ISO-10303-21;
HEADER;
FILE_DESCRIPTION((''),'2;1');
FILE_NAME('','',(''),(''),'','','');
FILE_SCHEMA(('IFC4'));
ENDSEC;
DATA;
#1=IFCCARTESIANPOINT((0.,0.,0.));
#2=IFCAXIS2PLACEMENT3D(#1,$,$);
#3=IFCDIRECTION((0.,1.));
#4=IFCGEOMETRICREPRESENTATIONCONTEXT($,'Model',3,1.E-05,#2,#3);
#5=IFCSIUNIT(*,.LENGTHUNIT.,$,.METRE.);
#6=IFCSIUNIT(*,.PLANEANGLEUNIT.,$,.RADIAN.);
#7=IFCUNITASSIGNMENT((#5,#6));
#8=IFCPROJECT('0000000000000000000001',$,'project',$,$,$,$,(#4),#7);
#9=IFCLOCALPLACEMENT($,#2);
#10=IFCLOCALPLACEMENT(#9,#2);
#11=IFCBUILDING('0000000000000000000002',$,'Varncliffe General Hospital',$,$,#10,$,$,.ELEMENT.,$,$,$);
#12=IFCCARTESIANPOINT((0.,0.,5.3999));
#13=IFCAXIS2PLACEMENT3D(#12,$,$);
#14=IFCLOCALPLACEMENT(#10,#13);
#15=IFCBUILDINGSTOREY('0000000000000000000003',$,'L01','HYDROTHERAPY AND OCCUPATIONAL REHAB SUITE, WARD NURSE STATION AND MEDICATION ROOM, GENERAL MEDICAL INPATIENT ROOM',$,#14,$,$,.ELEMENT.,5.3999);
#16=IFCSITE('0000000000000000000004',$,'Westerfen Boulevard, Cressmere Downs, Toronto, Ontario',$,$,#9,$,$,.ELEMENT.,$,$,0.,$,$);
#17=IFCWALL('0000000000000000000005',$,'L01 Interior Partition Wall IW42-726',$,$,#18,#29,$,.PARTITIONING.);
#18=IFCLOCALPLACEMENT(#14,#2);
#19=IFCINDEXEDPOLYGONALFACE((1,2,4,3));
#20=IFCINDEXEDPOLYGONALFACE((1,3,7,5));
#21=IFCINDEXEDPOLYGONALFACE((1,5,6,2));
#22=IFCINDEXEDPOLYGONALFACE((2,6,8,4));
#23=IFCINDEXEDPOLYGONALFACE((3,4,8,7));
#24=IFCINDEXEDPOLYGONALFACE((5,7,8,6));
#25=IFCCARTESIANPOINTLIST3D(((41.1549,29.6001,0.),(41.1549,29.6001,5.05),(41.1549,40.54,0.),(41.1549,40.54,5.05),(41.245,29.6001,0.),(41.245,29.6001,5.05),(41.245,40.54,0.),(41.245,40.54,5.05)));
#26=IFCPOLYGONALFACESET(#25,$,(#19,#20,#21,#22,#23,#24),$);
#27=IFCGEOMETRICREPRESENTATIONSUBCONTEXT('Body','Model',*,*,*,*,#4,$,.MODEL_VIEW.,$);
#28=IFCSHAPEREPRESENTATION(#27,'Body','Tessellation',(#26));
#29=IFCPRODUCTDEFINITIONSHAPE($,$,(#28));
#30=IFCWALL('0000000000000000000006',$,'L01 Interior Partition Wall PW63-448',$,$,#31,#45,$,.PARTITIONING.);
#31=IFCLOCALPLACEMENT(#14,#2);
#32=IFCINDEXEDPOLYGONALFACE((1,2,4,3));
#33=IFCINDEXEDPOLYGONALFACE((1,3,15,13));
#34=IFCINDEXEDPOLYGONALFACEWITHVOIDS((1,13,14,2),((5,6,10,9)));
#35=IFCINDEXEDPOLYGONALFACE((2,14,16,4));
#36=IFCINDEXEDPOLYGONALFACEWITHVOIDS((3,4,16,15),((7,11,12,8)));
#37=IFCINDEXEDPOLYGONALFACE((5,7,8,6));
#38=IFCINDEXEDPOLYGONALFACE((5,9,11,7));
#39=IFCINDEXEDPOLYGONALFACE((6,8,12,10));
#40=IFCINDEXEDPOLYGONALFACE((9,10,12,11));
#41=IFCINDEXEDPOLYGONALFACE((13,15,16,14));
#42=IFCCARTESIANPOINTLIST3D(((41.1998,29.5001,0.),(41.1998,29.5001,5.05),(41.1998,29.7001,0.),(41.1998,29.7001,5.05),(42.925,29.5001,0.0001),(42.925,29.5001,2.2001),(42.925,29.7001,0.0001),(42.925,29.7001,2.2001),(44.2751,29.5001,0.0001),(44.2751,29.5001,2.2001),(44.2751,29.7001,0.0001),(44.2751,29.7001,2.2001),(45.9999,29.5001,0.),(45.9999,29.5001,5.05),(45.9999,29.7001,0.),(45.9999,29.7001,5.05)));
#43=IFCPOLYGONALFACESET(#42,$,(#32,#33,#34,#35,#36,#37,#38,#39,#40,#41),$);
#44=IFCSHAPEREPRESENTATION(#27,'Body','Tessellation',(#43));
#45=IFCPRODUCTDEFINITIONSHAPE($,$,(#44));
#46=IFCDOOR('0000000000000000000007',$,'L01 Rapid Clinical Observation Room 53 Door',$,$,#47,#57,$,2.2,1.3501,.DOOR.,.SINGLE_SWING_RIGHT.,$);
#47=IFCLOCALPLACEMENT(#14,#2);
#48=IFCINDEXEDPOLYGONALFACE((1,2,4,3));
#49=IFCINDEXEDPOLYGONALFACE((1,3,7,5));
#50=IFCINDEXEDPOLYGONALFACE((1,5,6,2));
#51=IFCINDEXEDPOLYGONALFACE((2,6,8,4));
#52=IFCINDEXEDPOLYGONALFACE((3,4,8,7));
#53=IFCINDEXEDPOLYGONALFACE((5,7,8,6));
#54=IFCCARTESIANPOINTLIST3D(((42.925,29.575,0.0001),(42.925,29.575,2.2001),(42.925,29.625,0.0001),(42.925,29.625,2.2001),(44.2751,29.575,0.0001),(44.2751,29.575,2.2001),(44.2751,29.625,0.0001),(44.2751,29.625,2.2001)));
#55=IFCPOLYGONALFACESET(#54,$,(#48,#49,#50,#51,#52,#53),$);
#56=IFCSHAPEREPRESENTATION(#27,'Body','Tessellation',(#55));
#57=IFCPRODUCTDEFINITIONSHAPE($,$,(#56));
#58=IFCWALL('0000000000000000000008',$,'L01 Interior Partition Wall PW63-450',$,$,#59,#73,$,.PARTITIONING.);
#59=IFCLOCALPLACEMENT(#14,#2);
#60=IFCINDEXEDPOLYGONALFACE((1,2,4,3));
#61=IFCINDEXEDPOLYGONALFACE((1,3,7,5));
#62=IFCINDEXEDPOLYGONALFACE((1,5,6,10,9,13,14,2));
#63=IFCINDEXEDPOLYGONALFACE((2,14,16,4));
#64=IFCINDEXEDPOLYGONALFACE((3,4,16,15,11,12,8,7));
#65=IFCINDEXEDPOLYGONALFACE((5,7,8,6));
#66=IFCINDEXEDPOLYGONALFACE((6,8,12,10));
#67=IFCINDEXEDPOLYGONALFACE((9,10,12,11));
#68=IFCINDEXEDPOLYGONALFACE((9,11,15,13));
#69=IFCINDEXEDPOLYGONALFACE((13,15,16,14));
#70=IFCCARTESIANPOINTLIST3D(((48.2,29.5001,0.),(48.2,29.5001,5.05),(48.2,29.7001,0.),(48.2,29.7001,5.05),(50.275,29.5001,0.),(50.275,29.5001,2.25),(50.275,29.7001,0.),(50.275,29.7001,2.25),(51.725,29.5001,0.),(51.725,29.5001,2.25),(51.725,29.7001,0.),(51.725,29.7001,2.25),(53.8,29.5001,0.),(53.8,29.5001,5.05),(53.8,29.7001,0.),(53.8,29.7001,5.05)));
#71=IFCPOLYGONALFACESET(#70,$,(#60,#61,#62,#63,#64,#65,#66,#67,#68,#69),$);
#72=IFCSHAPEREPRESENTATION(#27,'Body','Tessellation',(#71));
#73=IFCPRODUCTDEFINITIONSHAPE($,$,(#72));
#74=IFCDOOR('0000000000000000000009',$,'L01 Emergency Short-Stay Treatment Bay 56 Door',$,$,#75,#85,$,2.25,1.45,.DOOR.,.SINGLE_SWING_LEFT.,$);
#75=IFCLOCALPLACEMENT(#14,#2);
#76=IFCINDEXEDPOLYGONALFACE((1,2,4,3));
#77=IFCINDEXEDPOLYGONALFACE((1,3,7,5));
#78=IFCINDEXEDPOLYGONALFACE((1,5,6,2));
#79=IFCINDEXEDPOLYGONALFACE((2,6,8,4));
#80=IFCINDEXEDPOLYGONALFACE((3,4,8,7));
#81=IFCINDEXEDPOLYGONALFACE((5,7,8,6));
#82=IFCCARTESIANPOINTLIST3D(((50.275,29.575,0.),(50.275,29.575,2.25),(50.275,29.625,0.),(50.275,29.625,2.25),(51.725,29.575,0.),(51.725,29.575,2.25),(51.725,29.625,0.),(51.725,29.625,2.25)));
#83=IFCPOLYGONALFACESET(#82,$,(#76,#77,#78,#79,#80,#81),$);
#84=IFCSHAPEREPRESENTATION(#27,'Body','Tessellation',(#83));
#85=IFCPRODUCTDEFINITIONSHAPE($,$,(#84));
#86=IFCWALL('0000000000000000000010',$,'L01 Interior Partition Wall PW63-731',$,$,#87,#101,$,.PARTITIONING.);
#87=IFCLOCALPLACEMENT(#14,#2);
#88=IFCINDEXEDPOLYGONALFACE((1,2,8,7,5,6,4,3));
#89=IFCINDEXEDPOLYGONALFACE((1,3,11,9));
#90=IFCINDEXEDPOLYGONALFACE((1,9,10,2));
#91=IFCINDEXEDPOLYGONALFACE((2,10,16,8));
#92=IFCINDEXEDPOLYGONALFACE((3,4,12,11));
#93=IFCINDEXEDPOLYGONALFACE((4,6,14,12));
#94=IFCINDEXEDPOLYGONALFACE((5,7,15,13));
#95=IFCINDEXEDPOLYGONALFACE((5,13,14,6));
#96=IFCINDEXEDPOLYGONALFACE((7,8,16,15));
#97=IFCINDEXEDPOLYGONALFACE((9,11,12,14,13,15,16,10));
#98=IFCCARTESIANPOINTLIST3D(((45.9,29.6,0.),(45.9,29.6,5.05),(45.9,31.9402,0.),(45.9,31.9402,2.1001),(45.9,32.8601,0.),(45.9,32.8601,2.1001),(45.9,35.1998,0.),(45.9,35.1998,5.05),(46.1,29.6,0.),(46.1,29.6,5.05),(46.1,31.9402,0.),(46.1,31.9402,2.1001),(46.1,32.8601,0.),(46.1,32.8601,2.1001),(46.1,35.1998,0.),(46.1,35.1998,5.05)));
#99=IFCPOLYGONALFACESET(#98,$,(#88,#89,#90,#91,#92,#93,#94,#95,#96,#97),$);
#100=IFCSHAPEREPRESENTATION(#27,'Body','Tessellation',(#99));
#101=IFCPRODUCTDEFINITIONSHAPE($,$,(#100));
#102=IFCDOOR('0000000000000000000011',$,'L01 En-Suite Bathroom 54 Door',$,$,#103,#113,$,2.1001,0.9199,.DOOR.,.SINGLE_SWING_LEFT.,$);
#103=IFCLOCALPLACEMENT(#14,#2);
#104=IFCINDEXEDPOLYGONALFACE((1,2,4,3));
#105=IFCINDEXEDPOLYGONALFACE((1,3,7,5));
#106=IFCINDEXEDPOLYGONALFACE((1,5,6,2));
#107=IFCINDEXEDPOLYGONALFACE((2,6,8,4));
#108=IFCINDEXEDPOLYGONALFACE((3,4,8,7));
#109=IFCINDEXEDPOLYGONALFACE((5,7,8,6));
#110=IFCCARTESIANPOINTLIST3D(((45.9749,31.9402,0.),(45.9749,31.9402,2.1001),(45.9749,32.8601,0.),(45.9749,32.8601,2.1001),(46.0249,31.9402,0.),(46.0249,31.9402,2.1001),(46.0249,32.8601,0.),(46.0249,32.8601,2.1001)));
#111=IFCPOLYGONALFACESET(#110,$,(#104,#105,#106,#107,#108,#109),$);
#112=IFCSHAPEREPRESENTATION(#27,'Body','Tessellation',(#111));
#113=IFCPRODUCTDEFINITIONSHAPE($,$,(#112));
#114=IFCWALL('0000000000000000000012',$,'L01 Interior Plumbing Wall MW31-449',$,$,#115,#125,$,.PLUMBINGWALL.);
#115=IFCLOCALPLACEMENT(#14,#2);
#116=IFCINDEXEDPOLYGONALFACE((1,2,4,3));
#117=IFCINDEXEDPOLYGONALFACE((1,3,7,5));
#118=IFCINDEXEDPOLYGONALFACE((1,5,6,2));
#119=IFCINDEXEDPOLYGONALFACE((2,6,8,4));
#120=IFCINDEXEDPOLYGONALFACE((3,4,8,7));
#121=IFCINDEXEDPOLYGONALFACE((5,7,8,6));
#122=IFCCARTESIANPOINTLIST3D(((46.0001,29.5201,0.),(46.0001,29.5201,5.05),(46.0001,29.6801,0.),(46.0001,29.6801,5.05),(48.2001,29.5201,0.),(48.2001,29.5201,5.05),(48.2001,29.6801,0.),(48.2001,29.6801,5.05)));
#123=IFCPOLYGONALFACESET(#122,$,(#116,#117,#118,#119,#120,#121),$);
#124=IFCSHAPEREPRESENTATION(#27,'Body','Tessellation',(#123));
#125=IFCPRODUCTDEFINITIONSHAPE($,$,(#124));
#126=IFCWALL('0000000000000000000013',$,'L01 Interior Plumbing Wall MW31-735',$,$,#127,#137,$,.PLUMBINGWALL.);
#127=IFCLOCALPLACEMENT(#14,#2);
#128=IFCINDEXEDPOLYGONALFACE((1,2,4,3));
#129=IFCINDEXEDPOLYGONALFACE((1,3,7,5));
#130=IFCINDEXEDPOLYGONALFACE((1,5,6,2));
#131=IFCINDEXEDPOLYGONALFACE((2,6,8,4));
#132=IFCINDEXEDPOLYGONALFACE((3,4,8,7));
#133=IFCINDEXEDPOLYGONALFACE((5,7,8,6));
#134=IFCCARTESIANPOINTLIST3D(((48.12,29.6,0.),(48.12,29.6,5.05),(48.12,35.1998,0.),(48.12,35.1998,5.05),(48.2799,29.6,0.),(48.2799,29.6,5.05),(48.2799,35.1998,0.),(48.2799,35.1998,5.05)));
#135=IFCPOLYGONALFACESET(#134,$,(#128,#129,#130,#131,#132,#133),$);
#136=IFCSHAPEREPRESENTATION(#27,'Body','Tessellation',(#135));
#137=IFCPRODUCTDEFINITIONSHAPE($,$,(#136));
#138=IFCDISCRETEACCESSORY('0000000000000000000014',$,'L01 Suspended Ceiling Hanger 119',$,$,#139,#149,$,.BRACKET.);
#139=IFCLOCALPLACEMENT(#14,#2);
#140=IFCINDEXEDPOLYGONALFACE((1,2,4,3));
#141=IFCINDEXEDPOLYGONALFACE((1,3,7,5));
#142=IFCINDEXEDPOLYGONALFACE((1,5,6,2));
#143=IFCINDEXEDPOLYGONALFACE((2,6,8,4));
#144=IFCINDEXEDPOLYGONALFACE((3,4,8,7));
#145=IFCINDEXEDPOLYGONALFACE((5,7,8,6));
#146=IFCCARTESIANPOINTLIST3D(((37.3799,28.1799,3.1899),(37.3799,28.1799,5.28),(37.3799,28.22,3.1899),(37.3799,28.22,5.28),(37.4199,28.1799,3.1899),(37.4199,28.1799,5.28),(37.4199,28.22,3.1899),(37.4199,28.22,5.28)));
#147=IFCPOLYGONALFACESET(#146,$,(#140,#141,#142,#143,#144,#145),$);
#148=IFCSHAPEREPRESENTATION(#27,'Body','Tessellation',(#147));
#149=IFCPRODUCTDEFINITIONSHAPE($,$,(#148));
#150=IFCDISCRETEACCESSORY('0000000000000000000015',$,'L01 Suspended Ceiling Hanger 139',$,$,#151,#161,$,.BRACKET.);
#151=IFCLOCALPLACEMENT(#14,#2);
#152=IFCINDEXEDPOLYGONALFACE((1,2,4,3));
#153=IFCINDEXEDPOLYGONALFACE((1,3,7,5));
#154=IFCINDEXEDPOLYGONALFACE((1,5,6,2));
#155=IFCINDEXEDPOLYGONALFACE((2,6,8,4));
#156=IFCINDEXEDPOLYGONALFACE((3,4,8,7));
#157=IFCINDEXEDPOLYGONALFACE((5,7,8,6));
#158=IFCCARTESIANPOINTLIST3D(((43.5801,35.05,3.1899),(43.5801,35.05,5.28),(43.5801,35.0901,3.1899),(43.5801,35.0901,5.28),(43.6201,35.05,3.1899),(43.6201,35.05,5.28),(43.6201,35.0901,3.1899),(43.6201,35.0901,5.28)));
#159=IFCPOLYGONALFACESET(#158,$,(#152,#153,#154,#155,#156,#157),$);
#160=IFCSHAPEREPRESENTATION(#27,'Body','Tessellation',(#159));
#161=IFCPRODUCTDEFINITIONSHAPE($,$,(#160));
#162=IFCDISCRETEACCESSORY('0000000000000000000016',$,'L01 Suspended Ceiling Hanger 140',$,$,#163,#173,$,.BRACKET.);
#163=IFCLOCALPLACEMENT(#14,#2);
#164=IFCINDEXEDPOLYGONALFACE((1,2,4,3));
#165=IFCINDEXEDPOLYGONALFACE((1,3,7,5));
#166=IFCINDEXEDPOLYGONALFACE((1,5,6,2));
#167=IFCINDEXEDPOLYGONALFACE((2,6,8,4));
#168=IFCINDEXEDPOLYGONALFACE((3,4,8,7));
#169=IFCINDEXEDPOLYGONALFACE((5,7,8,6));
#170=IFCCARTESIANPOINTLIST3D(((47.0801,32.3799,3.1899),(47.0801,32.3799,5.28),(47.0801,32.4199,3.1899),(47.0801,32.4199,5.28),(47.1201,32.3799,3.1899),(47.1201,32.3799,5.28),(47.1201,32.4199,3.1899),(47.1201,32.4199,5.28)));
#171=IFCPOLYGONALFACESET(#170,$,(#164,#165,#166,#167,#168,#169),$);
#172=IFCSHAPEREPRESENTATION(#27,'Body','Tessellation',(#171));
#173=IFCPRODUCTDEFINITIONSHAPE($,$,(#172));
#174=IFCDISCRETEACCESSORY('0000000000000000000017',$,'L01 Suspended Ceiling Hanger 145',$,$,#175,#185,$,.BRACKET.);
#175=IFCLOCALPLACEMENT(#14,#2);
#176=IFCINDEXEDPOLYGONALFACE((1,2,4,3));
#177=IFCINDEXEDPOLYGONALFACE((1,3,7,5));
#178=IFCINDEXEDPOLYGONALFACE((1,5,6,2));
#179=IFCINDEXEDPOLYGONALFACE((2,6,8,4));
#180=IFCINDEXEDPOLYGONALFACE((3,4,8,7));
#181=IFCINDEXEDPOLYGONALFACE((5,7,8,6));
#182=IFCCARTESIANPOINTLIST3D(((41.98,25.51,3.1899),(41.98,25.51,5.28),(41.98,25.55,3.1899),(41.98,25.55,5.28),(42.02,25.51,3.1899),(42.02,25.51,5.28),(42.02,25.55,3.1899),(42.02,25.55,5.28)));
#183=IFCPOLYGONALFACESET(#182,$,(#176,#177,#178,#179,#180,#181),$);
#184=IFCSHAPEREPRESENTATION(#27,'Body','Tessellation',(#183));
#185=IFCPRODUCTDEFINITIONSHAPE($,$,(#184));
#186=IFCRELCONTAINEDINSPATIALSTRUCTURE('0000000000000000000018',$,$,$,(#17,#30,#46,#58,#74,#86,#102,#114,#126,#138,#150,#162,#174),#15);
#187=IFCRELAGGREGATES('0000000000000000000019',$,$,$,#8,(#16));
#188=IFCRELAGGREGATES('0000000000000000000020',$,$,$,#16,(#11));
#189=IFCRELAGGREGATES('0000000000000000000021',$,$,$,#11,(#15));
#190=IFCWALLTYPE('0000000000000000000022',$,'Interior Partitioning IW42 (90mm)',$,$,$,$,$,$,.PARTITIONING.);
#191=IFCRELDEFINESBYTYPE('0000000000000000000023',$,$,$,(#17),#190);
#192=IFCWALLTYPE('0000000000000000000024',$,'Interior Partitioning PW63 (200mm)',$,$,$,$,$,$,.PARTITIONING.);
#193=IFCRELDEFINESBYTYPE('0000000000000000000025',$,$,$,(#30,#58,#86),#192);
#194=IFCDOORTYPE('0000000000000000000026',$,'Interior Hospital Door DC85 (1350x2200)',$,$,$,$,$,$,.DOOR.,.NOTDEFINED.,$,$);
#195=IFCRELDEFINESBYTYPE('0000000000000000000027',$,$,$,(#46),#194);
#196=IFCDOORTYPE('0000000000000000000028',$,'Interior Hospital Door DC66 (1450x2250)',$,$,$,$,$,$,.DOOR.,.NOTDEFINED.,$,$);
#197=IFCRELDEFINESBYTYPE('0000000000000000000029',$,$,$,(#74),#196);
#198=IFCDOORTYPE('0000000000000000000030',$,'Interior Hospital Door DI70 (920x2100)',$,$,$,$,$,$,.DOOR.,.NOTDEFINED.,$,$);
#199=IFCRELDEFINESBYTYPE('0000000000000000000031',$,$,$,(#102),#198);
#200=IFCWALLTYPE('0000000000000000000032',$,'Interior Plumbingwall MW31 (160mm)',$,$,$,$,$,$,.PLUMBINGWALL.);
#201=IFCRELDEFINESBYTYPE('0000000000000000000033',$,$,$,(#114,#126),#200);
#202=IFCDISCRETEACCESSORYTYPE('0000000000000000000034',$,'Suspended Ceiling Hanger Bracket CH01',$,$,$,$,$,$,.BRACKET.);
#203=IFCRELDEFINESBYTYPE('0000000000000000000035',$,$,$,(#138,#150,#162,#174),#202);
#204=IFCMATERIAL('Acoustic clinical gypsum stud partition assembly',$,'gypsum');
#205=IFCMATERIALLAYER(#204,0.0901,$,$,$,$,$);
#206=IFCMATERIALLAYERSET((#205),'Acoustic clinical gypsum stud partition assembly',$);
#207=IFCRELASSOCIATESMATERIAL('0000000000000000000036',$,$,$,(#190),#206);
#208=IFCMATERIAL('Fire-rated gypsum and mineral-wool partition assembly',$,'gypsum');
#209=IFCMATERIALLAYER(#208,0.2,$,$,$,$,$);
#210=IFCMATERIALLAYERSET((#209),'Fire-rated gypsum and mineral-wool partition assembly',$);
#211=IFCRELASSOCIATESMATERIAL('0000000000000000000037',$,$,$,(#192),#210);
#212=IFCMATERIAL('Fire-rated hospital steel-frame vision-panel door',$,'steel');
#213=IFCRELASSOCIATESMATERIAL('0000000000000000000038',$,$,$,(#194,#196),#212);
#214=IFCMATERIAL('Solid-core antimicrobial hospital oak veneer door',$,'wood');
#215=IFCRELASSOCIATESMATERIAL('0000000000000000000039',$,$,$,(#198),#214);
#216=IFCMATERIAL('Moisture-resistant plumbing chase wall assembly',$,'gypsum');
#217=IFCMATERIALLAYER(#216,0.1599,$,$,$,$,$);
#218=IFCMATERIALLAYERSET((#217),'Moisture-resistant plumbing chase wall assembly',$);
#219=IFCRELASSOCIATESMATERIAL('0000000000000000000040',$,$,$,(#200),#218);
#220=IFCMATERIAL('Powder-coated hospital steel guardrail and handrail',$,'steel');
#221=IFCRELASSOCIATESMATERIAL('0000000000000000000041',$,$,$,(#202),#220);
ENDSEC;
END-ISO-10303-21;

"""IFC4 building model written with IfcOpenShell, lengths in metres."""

from ifc_helpers import new_model, si_unit, direction, frame, frame_2d, origin, origin_2d, place, context, subcontext, project, spatial, rectangle, extrude, material, layer, layer_set, type_object, element, fill, save


model = new_model("IFC4")

# Units and contexts
model_context = context("Model", 3, precision=1e-05, world=origin(), true_north=direction((0.0, 1.0)))
body_context = subcontext(model_context, "Body", "Model", "MODEL_VIEW")
ifc_project = project(units=[si_unit("LENGTHUNIT", "METRE"), si_unit("PLANEANGLEUNIT", "RADIAN")], contexts=[model_context])

# Site, building, storey
site_placement = place(None, origin())
site = spatial("IfcSite", under=ifc_project, at=site_placement, Name="Westerfen Boulevard, Cressmere Downs, Toronto, Ontario", CompositionType="ELEMENT", RefElevation=0.0)
building_placement = place(site_placement, origin())
building = spatial("IfcBuilding", under=site, at=building_placement, Name="Varncliffe General Hospital", CompositionType="ELEMENT")
storey_placement = place(building_placement, frame((0.0, 0.0, 5.3999)))
storey = spatial("IfcBuildingStorey", under=building, at=storey_placement, Name="L01", Description="HYDROTHERAPY AND OCCUPATIONAL REHAB SUITE, WARD NURSE STATION AND MEDICATION ROOM, GENERAL MEDICAL INPATIENT ROOM", CompositionType="ELEMENT", Elevation=5.3999)

# Wall
ifc_material_1 = material(Name="Acoustic clinical gypsum stud partition assembly", Category="gypsum")
ifc_layer_1 = layer(ifc_material_1, 0.0901)
ifc_layer_set_1 = layer_set([ifc_layer_1], Name="Acoustic clinical gypsum stud partition assembly")
wall_type_1 = type_object("IfcWallType", Name="Interior Partitioning IW42 (90mm)", PredefinedType="PARTITIONING", material=ifc_layer_set_1)
wall_1_placement = place(storey_placement, frame((41.2, 29.6001, 0.0), z_axis=(0.0, 0.0, 1.0), x_axis=(0.0, 1.0, 0.0)))
element("IfcWall", 1, at=wall_1_placement, inside=storey, type_object=wall_type_1, Name="L01 Interior Partition Wall IW42-726", PredefinedType="PARTITIONING", context=body_context, shape_type="SweptSolid", body=[
    extrude(rectangle(XDim=10.9399, YDim=0.0901, at=frame_2d((5.47, 0.0))), origin(), (0.0, 0.0, 1.0), 5.05),
])

# Walls, openings, doors
ifc_material_2 = material(Name="Fire-rated gypsum and mineral-wool partition assembly", Category="gypsum")
ifc_layer_2 = layer(ifc_material_2, 0.2)
ifc_layer_set_2 = layer_set([ifc_layer_2], Name="Fire-rated gypsum and mineral-wool partition assembly")
wall_type_2 = type_object("IfcWallType", Name="Interior Partitioning PW63 (200mm)", PredefinedType="PARTITIONING", material=ifc_layer_set_2)
wall_2_placement = place(storey_placement, frame((41.2, 29.6001, 0.0), z_axis=(0.0, 0.0, 1.0), x_axis=(1.0, 0.0, 0.0)))
wall_2 = element("IfcWall", 2, at=wall_2_placement, inside=storey, type_object=wall_type_2, Name="L01 Interior Partition Wall PW63-448", PredefinedType="PARTITIONING", context=body_context, shape_type="SweptSolid", body=[
    extrude(rectangle(XDim=4.8, YDim=0.2, at=frame_2d((2.3999, 0.0))), origin(), (0.0, 0.0, 1.0), 5.05),
])
opening_1_placement = place(wall_2_placement, frame((1.7251, 0.0, 0.0)))
opening_1 = element("IfcOpeningElement", 3, at=opening_1_placement, cuts=wall_2, PredefinedType="OPENING", context=body_context, shape_type="SweptSolid", body=[
    extrude(rectangle(XDim=1.3501, YDim=2.2, at=frame_2d((0.675, 1.1001))), frame((0.0, 0.1099, 0.0), z_axis=(0.0, -1.0, 0.0), x_axis=(1.0, 0.0, 0.0)), (0.0, 0.0, 1.0), 0.22),
])
ifc_material_3 = material(Name="Fire-rated hospital steel-frame vision-panel door", Category="steel")
door_type_1 = type_object("IfcDoorType", Name="Interior Hospital Door DC85 (1350x2200)", OperationType="NOTDEFINED", PredefinedType="DOOR", material=ifc_material_3)
door_1_placement = place(opening_1_placement, origin())
door_1 = element("IfcDoor", 4, at=door_1_placement, inside=storey, type_object=door_type_1, Name="L01 Rapid Clinical Observation Room 53 Door", OperationType="SINGLE_SWING_RIGHT", OverallHeight=2.2, OverallWidth=1.3501, PredefinedType="DOOR", context=body_context, shape_type="SweptSolid", body=[
    extrude(rectangle(XDim=1.3501, YDim=2.2, at=frame_2d((0.675, 1.1001))), frame((0.0, 0.0249, 0.0), z_axis=(0.0, -1.0, 0.0), x_axis=(1.0, 0.0, 0.0)), (0.0, 0.0, 1.0), 0.05),
])
fill(opening_1, door_1)
wall_3_placement = place(storey_placement, frame((48.2, 29.6001, 0.0), z_axis=(0.0, 0.0, 1.0), x_axis=(1.0, 0.0, 0.0)))
wall_3 = element("IfcWall", 5, at=wall_3_placement, inside=storey, type_object=wall_type_2, Name="L01 Interior Partition Wall PW63-450", PredefinedType="PARTITIONING", context=body_context, shape_type="SweptSolid", body=[
    extrude(rectangle(XDim=5.6001, YDim=0.2, at=frame_2d((2.8, 0.0))), origin(), (0.0, 0.0, 1.0), 5.05),
])
opening_2_placement = place(wall_3_placement, frame((2.075, 0.0, 0.0)))
opening_2 = element("IfcOpeningElement", 6, at=opening_2_placement, cuts=wall_3, PredefinedType="OPENING", context=body_context, shape_type="SweptSolid", body=[
    extrude(rectangle(XDim=1.45, YDim=2.25, at=frame_2d((0.7251, 1.125))), frame((0.0, 0.1099, 0.0), z_axis=(0.0, -1.0, 0.0), x_axis=(1.0, 0.0, 0.0)), (0.0, 0.0, 1.0), 0.22),
])
door_type_2 = type_object("IfcDoorType", Name="Interior Hospital Door DC66 (1450x2250)", OperationType="NOTDEFINED", PredefinedType="DOOR", material=ifc_material_3)
door_2_placement = place(opening_2_placement, origin())
door_2 = element("IfcDoor", 7, at=door_2_placement, inside=storey, type_object=door_type_2, Name="L01 Emergency Short-Stay Treatment Bay 56 Door", OperationType="SINGLE_SWING_LEFT", OverallHeight=2.25, OverallWidth=1.45, PredefinedType="DOOR", context=body_context, shape_type="SweptSolid", body=[
    extrude(rectangle(XDim=1.45, YDim=2.25, at=frame_2d((0.7251, 1.125))), frame((0.0, 0.0249, 0.0), z_axis=(0.0, -1.0, 0.0), x_axis=(1.0, 0.0, 0.0)), (0.0, 0.0, 1.0), 0.05),
])
fill(opening_2, door_2)
wall_4_placement = place(storey_placement, frame((46.0, 29.6001, 0.0), z_axis=(0.0, 0.0, 1.0), x_axis=(0.0, 1.0, 0.0)))
wall_4 = element("IfcWall", 8, at=wall_4_placement, inside=storey, type_object=wall_type_2, Name="L01 Interior Partition Wall PW63-731", PredefinedType="PARTITIONING", context=body_context, shape_type="SweptSolid", body=[
    extrude(rectangle(XDim=5.5999, YDim=0.2, at=frame_2d((2.7998, 0.0))), origin(), (0.0, 0.0, 1.0), 5.05),
])
opening_3_placement = place(wall_4_placement, frame((2.3401, 0.0, 0.0)))
opening_3 = element("IfcOpeningElement", 9, at=opening_3_placement, cuts=wall_4, PredefinedType="OPENING", context=body_context, shape_type="SweptSolid", body=[
    extrude(rectangle(XDim=0.9199, YDim=2.1001, at=frame_2d((0.46, 1.05))), frame((0.0, 0.1099, 0.0), z_axis=(0.0, -1.0, 0.0), x_axis=(1.0, 0.0, 0.0)), (0.0, 0.0, 1.0), 0.22),
])
ifc_material_4 = material(Name="Solid-core antimicrobial hospital oak veneer door", Category="wood")
door_type_3 = type_object("IfcDoorType", Name="Interior Hospital Door DI70 (920x2100)", OperationType="NOTDEFINED", PredefinedType="DOOR", material=ifc_material_4)
door_3_placement = place(opening_3_placement, frame((0.9199, 0.0, 0.0), z_axis=(0.0, 0.0, 1.0), x_axis=(-1.0, 0.0, 0.0)))
door_3 = element("IfcDoor", 10, at=door_3_placement, inside=storey, type_object=door_type_3, Name="L01 En-Suite Bathroom 54 Door", OperationType="SINGLE_SWING_LEFT", OverallHeight=2.1001, OverallWidth=0.9199, PredefinedType="DOOR", context=body_context, shape_type="SweptSolid", body=[
    extrude(rectangle(XDim=0.9199, YDim=2.1001, at=frame_2d((0.46, 1.05))), frame((0.0, 0.0249, 0.0), z_axis=(0.0, -1.0, 0.0), x_axis=(1.0, 0.0, 0.0)), (0.0, 0.0, 1.0), 0.05),
])
fill(opening_3, door_3)

# Walls
ifc_material_5 = material(Name="Moisture-resistant plumbing chase wall assembly", Category="gypsum")
ifc_layer_3 = layer(ifc_material_5, 0.1599)
ifc_layer_set_3 = layer_set([ifc_layer_3], Name="Moisture-resistant plumbing chase wall assembly")
wall_type_3 = type_object("IfcWallType", Name="Interior Plumbingwall MW31 (160mm)", PredefinedType="PLUMBINGWALL", material=ifc_layer_set_3)
wall_5_placement = place(storey_placement, frame((46.0, 29.6001, 0.0), z_axis=(0.0, 0.0, 1.0), x_axis=(1.0, 0.0, 0.0)))
element("IfcWall", 11, at=wall_5_placement, inside=storey, type_object=wall_type_3, Name="L01 Interior Plumbing Wall MW31-449", PredefinedType="PLUMBINGWALL", context=body_context, shape_type="SweptSolid", body=[
    extrude(rectangle(XDim=2.2, YDim=0.1599, at=frame_2d((1.1001, 0.0))), origin(), (0.0, 0.0, 1.0), 5.05),
])
wall_6_placement = place(storey_placement, frame((48.2, 29.6001, 0.0), z_axis=(0.0, 0.0, 1.0), x_axis=(0.0, 1.0, 0.0)))
element("IfcWall", 12, at=wall_6_placement, inside=storey, type_object=wall_type_3, Name="L01 Interior Plumbing Wall MW31-735", PredefinedType="PLUMBINGWALL", context=body_context, shape_type="SweptSolid", body=[
    extrude(rectangle(XDim=5.5999, YDim=0.1599, at=frame_2d((2.7998, 0.0))), origin(), (0.0, 0.0, 1.0), 5.05),
])

# Discrete accessories
ifc_material_6 = material(Name="Powder-coated hospital steel guardrail and handrail", Category="steel")
discrete_accessory_type = type_object("IfcDiscreteAccessoryType", Name="Suspended Ceiling Hanger Bracket CH01", PredefinedType="BRACKET", material=ifc_material_6)
for number, where, z_axis, x_axis, name in (
    (13, (37.3999, 28.2, 3.1899), (0.0, 0.0, 1.0), (1.0, 0.0, 0.0), "L01 Suspended Ceiling Hanger 119"),
    (14, (43.6001, 35.0701, 3.1899), (0.0, 0.0, 1.0), (1.0, 0.0, 0.0), "L01 Suspended Ceiling Hanger 139"),
    (15, (47.1001, 32.3999, 3.1899), (0.0, 0.0, 1.0), (1.0, 0.0, 0.0), "L01 Suspended Ceiling Hanger 140"),
    (16, (42.0, 25.53, 3.1899), (0.0, 0.0, 1.0), (1.0, 0.0, 0.0), "L01 Suspended Ceiling Hanger 145"),
):
    element("IfcDiscreteAccessory", number, at=place(storey_placement, frame(where, z_axis=z_axis, x_axis=x_axis)), inside=storey, type_object=discrete_accessory_type, Name=name, PredefinedType="BRACKET", context=body_context, shape_type="SweptSolid", body=[
        extrude(rectangle(XDim=0.04, YDim=0.04, at=origin_2d()), origin(), (0.0, 0.0, 1.0), 2.0901),
    ])

save(model, "model.ifc")
